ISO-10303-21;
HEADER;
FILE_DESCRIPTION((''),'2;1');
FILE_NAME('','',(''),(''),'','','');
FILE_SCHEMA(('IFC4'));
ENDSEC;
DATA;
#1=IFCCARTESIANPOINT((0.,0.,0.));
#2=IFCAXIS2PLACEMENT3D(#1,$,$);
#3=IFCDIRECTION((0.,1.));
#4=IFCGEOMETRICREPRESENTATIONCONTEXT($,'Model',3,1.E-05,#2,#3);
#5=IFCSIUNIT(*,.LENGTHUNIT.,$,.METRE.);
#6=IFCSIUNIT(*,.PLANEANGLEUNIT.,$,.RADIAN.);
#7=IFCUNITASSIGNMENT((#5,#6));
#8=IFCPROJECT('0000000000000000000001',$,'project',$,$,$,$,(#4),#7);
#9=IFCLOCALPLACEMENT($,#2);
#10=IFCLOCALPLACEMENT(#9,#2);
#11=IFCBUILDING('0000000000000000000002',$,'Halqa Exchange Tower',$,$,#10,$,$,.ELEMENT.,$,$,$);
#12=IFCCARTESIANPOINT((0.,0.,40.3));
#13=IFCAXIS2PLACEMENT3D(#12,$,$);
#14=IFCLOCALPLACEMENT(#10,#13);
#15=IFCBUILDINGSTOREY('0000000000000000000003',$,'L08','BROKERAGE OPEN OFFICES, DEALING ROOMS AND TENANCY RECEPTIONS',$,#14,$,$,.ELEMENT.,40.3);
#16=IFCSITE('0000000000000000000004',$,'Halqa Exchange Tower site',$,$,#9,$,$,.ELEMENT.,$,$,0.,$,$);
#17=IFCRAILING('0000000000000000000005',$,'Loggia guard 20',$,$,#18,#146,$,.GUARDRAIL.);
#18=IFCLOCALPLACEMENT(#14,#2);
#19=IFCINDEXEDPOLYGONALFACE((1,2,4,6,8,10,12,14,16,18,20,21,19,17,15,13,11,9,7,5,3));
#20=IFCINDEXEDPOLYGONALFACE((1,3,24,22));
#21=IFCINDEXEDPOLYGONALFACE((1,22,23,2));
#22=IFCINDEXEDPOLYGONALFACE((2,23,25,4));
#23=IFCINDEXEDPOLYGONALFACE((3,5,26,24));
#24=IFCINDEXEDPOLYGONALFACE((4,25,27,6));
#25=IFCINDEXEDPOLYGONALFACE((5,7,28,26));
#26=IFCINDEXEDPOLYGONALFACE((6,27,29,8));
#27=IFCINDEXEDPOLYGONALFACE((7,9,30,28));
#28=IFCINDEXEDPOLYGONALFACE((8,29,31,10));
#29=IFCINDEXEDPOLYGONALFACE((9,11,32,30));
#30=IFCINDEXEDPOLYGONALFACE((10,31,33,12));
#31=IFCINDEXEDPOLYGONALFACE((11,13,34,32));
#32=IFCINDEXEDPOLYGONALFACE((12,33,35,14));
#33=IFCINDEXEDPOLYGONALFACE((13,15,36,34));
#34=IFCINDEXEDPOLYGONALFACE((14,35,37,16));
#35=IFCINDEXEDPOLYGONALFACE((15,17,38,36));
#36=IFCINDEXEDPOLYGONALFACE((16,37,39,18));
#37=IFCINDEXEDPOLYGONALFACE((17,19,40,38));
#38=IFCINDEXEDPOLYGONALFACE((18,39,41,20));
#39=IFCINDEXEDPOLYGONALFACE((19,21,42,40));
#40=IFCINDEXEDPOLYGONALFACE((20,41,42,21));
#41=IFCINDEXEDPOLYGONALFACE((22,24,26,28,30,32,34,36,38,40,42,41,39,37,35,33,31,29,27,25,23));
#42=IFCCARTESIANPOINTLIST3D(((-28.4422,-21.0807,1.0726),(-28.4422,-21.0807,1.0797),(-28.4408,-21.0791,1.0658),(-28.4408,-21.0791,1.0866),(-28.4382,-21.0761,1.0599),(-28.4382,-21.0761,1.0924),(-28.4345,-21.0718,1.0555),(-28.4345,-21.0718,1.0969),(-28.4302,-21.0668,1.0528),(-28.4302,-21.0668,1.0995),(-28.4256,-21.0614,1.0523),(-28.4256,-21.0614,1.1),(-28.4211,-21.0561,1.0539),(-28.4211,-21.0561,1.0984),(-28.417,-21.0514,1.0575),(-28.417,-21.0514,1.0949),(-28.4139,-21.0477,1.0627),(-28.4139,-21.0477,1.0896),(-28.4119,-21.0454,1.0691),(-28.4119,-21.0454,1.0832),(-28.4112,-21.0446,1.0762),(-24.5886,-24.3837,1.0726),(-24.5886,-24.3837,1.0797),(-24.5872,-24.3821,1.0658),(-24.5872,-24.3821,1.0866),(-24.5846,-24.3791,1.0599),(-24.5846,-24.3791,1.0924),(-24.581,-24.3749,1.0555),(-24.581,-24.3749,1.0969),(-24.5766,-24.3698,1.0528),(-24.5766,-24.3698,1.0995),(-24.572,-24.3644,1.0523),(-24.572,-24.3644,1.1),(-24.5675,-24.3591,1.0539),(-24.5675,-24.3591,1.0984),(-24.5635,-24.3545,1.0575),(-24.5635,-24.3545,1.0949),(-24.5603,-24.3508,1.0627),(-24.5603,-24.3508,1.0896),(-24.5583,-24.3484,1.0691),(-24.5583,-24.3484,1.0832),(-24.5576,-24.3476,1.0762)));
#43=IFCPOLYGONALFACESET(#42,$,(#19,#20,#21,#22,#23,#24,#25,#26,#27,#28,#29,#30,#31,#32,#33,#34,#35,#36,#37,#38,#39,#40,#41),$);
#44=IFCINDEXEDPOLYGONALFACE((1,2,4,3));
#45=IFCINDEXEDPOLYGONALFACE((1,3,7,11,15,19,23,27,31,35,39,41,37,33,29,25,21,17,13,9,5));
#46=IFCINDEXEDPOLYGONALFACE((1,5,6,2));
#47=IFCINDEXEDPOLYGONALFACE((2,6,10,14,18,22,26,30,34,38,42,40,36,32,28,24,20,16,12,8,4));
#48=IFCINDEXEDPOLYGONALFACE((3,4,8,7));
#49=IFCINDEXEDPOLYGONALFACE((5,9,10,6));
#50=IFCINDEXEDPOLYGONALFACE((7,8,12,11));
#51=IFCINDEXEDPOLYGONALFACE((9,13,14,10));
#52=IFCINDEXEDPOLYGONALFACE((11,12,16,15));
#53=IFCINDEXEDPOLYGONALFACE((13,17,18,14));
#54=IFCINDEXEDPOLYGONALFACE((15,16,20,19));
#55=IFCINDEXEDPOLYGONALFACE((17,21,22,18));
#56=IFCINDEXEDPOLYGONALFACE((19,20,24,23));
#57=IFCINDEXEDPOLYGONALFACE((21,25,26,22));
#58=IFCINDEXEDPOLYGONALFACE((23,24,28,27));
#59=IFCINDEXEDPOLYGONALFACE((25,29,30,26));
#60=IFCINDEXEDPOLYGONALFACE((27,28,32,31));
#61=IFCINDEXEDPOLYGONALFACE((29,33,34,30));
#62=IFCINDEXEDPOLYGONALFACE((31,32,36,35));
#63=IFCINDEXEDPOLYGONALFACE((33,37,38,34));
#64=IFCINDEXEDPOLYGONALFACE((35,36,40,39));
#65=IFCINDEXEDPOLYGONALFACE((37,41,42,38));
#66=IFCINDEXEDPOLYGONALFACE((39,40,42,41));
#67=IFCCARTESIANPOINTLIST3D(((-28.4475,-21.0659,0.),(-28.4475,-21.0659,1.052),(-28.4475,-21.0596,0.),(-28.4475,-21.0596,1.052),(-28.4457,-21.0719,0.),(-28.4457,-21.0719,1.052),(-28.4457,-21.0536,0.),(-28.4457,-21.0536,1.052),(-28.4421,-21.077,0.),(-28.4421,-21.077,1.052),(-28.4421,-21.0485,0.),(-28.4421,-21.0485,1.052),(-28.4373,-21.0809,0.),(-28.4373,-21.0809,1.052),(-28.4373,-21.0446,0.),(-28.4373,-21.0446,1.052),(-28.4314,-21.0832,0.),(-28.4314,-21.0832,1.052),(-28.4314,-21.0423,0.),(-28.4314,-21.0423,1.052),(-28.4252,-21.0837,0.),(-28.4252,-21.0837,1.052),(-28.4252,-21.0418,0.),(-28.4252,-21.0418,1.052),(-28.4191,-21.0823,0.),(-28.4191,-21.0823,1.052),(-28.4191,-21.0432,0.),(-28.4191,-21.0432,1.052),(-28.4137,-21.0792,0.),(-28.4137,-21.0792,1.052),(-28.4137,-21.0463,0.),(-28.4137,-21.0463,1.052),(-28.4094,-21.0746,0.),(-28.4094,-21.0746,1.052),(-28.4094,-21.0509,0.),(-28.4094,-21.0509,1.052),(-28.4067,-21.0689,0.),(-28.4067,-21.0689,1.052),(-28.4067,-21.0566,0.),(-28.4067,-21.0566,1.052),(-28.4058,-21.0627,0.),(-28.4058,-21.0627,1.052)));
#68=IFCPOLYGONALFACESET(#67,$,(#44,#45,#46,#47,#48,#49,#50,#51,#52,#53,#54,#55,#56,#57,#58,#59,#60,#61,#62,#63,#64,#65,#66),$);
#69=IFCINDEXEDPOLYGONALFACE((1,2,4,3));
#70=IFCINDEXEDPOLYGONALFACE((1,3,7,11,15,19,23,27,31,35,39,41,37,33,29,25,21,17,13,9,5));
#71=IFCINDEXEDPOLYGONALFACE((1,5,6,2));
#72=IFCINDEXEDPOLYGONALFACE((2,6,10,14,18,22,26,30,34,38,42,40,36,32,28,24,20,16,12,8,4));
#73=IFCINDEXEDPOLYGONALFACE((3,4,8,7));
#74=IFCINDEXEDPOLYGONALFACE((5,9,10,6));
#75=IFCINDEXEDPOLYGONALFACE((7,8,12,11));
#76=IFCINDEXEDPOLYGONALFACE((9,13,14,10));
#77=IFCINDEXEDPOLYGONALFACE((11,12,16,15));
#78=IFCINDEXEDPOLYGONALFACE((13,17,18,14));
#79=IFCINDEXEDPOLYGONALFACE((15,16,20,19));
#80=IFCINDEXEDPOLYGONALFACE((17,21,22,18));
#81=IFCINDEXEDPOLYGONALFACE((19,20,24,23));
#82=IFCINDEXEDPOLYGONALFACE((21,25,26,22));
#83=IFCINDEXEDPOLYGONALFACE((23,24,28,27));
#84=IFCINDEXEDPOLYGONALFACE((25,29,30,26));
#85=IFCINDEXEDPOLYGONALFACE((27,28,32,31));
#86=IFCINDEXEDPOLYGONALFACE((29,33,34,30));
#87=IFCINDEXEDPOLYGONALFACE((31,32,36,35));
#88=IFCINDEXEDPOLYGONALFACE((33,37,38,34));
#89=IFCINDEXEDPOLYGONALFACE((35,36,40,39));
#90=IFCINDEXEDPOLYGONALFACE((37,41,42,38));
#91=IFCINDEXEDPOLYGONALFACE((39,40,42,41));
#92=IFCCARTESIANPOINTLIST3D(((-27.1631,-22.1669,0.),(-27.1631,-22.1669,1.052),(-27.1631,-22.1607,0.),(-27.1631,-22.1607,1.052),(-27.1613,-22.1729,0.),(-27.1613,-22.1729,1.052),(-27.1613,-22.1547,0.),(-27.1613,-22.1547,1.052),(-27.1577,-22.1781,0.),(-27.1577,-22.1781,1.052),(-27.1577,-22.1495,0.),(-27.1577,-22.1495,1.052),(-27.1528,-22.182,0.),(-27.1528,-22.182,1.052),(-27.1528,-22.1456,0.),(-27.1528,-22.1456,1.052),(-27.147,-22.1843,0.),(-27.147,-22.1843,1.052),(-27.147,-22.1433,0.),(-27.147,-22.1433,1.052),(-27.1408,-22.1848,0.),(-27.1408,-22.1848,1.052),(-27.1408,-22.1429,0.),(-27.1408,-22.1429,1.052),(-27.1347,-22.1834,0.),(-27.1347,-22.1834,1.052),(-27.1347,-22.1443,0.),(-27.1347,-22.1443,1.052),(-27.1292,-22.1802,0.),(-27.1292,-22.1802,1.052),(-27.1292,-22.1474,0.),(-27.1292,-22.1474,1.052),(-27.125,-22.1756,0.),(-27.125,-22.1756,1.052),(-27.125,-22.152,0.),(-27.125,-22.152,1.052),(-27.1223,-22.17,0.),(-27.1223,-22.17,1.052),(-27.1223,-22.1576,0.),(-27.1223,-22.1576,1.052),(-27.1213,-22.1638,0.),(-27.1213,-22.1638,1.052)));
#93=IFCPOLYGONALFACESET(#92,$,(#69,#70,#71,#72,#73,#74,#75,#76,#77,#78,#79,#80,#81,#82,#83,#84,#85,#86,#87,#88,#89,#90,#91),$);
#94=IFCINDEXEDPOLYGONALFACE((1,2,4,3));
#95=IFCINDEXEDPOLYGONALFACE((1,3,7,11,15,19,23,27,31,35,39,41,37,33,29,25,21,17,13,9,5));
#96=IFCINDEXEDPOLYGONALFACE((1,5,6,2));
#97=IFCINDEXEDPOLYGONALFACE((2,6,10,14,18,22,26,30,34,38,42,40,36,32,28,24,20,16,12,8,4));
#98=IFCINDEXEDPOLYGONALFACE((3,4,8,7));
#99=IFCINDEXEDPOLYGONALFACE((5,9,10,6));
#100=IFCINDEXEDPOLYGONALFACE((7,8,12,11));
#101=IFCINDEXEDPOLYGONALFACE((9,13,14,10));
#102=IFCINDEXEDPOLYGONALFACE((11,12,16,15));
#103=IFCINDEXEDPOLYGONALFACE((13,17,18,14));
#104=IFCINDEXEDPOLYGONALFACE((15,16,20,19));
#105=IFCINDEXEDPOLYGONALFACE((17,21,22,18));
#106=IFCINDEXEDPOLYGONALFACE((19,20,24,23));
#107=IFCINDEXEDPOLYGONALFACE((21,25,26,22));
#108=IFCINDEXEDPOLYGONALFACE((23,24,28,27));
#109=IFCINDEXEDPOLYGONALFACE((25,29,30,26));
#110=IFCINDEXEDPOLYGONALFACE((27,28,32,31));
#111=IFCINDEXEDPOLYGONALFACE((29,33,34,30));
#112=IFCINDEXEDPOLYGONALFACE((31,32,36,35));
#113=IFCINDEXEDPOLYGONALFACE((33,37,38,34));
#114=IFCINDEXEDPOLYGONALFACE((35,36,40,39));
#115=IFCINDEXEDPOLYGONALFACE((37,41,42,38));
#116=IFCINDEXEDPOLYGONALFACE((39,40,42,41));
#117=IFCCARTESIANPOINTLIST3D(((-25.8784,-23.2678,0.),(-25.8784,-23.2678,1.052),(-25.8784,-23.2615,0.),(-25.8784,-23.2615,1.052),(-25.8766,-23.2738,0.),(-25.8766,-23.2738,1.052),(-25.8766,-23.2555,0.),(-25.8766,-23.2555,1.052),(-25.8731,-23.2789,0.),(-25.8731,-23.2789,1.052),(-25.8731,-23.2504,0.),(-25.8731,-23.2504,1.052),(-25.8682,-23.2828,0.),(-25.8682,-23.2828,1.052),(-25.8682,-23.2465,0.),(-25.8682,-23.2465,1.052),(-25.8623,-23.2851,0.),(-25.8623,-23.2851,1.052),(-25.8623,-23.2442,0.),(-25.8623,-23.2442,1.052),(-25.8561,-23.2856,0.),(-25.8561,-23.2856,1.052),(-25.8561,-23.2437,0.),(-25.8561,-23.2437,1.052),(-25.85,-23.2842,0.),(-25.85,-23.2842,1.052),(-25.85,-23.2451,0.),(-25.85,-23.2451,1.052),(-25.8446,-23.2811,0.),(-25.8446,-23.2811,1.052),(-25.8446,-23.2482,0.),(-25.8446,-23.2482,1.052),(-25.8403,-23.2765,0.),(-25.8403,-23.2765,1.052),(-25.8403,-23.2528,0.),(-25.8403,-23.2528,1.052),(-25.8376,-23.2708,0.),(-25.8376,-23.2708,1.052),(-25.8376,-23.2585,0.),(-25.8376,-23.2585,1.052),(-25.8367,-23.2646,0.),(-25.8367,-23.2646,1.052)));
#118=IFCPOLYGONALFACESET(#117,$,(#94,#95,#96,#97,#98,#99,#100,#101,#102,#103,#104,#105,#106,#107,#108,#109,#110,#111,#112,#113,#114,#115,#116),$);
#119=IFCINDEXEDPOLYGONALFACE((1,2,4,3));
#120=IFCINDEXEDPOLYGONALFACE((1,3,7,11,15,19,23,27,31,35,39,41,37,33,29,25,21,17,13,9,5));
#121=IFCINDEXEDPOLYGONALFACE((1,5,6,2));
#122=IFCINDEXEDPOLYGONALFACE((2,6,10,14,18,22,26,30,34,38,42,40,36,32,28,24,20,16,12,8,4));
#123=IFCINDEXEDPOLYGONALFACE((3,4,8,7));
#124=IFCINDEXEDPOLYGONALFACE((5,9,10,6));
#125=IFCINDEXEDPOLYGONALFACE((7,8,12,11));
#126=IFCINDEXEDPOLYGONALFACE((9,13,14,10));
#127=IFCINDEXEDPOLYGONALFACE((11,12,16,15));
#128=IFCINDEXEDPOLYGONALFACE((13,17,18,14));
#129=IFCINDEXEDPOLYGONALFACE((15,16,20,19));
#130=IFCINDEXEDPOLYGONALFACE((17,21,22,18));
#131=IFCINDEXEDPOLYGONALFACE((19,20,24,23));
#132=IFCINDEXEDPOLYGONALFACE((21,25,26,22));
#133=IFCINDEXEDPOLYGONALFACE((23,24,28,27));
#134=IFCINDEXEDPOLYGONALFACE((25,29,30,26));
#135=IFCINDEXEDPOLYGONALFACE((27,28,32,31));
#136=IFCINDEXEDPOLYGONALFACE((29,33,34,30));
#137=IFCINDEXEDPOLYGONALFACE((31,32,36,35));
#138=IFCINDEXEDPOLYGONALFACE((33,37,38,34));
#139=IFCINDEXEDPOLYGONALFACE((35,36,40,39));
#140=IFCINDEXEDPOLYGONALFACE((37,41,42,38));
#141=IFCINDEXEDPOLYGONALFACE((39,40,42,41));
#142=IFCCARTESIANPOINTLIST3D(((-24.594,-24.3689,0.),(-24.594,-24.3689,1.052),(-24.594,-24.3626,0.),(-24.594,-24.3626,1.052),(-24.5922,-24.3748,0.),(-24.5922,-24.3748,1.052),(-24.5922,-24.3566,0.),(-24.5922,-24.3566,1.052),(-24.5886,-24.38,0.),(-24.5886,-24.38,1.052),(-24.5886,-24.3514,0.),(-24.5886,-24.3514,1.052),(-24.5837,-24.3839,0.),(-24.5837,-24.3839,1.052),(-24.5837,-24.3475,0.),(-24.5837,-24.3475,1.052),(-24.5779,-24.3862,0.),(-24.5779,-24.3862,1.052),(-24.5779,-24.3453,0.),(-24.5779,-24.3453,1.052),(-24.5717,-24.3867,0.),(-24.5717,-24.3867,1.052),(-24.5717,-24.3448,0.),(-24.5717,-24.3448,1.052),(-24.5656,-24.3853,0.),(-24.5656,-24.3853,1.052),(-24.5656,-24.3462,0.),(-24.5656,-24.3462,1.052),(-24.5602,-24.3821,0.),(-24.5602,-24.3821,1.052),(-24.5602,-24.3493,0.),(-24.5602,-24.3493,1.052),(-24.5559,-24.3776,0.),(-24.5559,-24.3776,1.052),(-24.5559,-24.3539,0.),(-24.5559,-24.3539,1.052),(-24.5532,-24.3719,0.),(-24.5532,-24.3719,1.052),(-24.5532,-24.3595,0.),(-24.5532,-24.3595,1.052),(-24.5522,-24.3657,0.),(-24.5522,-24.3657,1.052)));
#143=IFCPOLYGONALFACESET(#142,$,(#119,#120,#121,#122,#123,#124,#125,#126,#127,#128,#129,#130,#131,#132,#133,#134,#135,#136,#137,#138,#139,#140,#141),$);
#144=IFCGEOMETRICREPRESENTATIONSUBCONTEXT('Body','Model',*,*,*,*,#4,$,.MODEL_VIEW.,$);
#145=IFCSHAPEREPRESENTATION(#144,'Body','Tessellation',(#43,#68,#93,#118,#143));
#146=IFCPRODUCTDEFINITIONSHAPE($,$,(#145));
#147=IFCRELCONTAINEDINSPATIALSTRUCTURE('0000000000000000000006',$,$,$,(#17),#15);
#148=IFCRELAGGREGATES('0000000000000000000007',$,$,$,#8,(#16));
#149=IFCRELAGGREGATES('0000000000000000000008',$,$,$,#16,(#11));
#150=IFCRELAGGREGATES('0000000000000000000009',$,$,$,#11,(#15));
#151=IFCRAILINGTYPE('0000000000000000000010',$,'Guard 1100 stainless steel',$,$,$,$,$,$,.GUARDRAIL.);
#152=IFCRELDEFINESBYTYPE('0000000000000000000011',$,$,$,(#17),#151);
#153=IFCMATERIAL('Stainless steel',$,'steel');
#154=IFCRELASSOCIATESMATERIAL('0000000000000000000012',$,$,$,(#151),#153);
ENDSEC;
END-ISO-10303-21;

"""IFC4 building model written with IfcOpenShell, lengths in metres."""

from ifc_helpers import new_model, si_unit, direction, frame, origin, origin_2d, place, context, subcontext, project, spatial, circle, extrude, material, type_object, element, save


model = new_model("IFC4")

# Units and contexts
model_context = context("Model", 3, precision=1e-05, world=origin(), true_north=direction((0.0, 1.0)))
body_context = subcontext(model_context, "Body", "Model", "MODEL_VIEW")
ifc_project = project(units=[si_unit("LENGTHUNIT", "METRE"), si_unit("PLANEANGLEUNIT", "RADIAN")], contexts=[model_context])

# Site, building, storey
site_placement = place(None, origin())
site = spatial("IfcSite", under=ifc_project, at=site_placement, Name="Halqa Exchange Tower site", CompositionType="ELEMENT", RefElevation=0.0)
building_placement = place(site_placement, origin())
building = spatial("IfcBuilding", under=site, at=building_placement, Name="Halqa Exchange Tower", CompositionType="ELEMENT")
storey_placement = place(building_placement, frame((0.0, 0.0, 40.3)))
storey = spatial("IfcBuildingStorey", under=building, at=storey_placement, Name="L08", Description="BROKERAGE OPEN OFFICES, DEALING ROOMS AND TENANCY RECEPTIONS", CompositionType="ELEMENT", Elevation=40.3)

# Railing
ifc_material_1 = material(Name="Stainless steel", Category="steel")
railing_type = type_object("IfcRailingType", Name="Guard 1100 stainless steel", PredefinedType="GUARDRAIL", material=ifc_material_1)
railing_1_placement = place(storey_placement, frame((-28.4268, -21.0627, 0.0)))
element("IfcRailing", 1, at=railing_1_placement, inside=storey, type_object=railing_type, Name="Loggia guard 20", PredefinedType="GUARDRAIL", context=body_context, shape_type="SweptSolid", body=[
    extrude(circle(Radius=0.0239, at=origin_2d()), frame((0.0, 0.0, 1.0762), z_axis=(0.75926, -0.650787, 0.0), x_axis=(0.650787, 0.75926, 0.0)), (0.0, 0.0, 1.0), 5.0754),
    extrude(circle(Radius=0.021, at=origin_2d()), origin(), (0.0, 0.0, 1.0), 1.052),
    extrude(circle(Radius=0.021, at=origin_2d()), frame((1.2844, -1.1011, 0.0)), (0.0, 0.0, 1.0), 1.052),
    extrude(circle(Radius=0.021, at=origin_2d()), frame((2.5691, -2.2019, 0.0)), (0.0, 0.0, 1.0), 1.052),
    extrude(circle(Radius=0.021, at=origin_2d()), frame((3.8535, -3.303, 0.0)), (0.0, 0.0, 1.0), 1.052),
])

save(model, "model.ifc")
